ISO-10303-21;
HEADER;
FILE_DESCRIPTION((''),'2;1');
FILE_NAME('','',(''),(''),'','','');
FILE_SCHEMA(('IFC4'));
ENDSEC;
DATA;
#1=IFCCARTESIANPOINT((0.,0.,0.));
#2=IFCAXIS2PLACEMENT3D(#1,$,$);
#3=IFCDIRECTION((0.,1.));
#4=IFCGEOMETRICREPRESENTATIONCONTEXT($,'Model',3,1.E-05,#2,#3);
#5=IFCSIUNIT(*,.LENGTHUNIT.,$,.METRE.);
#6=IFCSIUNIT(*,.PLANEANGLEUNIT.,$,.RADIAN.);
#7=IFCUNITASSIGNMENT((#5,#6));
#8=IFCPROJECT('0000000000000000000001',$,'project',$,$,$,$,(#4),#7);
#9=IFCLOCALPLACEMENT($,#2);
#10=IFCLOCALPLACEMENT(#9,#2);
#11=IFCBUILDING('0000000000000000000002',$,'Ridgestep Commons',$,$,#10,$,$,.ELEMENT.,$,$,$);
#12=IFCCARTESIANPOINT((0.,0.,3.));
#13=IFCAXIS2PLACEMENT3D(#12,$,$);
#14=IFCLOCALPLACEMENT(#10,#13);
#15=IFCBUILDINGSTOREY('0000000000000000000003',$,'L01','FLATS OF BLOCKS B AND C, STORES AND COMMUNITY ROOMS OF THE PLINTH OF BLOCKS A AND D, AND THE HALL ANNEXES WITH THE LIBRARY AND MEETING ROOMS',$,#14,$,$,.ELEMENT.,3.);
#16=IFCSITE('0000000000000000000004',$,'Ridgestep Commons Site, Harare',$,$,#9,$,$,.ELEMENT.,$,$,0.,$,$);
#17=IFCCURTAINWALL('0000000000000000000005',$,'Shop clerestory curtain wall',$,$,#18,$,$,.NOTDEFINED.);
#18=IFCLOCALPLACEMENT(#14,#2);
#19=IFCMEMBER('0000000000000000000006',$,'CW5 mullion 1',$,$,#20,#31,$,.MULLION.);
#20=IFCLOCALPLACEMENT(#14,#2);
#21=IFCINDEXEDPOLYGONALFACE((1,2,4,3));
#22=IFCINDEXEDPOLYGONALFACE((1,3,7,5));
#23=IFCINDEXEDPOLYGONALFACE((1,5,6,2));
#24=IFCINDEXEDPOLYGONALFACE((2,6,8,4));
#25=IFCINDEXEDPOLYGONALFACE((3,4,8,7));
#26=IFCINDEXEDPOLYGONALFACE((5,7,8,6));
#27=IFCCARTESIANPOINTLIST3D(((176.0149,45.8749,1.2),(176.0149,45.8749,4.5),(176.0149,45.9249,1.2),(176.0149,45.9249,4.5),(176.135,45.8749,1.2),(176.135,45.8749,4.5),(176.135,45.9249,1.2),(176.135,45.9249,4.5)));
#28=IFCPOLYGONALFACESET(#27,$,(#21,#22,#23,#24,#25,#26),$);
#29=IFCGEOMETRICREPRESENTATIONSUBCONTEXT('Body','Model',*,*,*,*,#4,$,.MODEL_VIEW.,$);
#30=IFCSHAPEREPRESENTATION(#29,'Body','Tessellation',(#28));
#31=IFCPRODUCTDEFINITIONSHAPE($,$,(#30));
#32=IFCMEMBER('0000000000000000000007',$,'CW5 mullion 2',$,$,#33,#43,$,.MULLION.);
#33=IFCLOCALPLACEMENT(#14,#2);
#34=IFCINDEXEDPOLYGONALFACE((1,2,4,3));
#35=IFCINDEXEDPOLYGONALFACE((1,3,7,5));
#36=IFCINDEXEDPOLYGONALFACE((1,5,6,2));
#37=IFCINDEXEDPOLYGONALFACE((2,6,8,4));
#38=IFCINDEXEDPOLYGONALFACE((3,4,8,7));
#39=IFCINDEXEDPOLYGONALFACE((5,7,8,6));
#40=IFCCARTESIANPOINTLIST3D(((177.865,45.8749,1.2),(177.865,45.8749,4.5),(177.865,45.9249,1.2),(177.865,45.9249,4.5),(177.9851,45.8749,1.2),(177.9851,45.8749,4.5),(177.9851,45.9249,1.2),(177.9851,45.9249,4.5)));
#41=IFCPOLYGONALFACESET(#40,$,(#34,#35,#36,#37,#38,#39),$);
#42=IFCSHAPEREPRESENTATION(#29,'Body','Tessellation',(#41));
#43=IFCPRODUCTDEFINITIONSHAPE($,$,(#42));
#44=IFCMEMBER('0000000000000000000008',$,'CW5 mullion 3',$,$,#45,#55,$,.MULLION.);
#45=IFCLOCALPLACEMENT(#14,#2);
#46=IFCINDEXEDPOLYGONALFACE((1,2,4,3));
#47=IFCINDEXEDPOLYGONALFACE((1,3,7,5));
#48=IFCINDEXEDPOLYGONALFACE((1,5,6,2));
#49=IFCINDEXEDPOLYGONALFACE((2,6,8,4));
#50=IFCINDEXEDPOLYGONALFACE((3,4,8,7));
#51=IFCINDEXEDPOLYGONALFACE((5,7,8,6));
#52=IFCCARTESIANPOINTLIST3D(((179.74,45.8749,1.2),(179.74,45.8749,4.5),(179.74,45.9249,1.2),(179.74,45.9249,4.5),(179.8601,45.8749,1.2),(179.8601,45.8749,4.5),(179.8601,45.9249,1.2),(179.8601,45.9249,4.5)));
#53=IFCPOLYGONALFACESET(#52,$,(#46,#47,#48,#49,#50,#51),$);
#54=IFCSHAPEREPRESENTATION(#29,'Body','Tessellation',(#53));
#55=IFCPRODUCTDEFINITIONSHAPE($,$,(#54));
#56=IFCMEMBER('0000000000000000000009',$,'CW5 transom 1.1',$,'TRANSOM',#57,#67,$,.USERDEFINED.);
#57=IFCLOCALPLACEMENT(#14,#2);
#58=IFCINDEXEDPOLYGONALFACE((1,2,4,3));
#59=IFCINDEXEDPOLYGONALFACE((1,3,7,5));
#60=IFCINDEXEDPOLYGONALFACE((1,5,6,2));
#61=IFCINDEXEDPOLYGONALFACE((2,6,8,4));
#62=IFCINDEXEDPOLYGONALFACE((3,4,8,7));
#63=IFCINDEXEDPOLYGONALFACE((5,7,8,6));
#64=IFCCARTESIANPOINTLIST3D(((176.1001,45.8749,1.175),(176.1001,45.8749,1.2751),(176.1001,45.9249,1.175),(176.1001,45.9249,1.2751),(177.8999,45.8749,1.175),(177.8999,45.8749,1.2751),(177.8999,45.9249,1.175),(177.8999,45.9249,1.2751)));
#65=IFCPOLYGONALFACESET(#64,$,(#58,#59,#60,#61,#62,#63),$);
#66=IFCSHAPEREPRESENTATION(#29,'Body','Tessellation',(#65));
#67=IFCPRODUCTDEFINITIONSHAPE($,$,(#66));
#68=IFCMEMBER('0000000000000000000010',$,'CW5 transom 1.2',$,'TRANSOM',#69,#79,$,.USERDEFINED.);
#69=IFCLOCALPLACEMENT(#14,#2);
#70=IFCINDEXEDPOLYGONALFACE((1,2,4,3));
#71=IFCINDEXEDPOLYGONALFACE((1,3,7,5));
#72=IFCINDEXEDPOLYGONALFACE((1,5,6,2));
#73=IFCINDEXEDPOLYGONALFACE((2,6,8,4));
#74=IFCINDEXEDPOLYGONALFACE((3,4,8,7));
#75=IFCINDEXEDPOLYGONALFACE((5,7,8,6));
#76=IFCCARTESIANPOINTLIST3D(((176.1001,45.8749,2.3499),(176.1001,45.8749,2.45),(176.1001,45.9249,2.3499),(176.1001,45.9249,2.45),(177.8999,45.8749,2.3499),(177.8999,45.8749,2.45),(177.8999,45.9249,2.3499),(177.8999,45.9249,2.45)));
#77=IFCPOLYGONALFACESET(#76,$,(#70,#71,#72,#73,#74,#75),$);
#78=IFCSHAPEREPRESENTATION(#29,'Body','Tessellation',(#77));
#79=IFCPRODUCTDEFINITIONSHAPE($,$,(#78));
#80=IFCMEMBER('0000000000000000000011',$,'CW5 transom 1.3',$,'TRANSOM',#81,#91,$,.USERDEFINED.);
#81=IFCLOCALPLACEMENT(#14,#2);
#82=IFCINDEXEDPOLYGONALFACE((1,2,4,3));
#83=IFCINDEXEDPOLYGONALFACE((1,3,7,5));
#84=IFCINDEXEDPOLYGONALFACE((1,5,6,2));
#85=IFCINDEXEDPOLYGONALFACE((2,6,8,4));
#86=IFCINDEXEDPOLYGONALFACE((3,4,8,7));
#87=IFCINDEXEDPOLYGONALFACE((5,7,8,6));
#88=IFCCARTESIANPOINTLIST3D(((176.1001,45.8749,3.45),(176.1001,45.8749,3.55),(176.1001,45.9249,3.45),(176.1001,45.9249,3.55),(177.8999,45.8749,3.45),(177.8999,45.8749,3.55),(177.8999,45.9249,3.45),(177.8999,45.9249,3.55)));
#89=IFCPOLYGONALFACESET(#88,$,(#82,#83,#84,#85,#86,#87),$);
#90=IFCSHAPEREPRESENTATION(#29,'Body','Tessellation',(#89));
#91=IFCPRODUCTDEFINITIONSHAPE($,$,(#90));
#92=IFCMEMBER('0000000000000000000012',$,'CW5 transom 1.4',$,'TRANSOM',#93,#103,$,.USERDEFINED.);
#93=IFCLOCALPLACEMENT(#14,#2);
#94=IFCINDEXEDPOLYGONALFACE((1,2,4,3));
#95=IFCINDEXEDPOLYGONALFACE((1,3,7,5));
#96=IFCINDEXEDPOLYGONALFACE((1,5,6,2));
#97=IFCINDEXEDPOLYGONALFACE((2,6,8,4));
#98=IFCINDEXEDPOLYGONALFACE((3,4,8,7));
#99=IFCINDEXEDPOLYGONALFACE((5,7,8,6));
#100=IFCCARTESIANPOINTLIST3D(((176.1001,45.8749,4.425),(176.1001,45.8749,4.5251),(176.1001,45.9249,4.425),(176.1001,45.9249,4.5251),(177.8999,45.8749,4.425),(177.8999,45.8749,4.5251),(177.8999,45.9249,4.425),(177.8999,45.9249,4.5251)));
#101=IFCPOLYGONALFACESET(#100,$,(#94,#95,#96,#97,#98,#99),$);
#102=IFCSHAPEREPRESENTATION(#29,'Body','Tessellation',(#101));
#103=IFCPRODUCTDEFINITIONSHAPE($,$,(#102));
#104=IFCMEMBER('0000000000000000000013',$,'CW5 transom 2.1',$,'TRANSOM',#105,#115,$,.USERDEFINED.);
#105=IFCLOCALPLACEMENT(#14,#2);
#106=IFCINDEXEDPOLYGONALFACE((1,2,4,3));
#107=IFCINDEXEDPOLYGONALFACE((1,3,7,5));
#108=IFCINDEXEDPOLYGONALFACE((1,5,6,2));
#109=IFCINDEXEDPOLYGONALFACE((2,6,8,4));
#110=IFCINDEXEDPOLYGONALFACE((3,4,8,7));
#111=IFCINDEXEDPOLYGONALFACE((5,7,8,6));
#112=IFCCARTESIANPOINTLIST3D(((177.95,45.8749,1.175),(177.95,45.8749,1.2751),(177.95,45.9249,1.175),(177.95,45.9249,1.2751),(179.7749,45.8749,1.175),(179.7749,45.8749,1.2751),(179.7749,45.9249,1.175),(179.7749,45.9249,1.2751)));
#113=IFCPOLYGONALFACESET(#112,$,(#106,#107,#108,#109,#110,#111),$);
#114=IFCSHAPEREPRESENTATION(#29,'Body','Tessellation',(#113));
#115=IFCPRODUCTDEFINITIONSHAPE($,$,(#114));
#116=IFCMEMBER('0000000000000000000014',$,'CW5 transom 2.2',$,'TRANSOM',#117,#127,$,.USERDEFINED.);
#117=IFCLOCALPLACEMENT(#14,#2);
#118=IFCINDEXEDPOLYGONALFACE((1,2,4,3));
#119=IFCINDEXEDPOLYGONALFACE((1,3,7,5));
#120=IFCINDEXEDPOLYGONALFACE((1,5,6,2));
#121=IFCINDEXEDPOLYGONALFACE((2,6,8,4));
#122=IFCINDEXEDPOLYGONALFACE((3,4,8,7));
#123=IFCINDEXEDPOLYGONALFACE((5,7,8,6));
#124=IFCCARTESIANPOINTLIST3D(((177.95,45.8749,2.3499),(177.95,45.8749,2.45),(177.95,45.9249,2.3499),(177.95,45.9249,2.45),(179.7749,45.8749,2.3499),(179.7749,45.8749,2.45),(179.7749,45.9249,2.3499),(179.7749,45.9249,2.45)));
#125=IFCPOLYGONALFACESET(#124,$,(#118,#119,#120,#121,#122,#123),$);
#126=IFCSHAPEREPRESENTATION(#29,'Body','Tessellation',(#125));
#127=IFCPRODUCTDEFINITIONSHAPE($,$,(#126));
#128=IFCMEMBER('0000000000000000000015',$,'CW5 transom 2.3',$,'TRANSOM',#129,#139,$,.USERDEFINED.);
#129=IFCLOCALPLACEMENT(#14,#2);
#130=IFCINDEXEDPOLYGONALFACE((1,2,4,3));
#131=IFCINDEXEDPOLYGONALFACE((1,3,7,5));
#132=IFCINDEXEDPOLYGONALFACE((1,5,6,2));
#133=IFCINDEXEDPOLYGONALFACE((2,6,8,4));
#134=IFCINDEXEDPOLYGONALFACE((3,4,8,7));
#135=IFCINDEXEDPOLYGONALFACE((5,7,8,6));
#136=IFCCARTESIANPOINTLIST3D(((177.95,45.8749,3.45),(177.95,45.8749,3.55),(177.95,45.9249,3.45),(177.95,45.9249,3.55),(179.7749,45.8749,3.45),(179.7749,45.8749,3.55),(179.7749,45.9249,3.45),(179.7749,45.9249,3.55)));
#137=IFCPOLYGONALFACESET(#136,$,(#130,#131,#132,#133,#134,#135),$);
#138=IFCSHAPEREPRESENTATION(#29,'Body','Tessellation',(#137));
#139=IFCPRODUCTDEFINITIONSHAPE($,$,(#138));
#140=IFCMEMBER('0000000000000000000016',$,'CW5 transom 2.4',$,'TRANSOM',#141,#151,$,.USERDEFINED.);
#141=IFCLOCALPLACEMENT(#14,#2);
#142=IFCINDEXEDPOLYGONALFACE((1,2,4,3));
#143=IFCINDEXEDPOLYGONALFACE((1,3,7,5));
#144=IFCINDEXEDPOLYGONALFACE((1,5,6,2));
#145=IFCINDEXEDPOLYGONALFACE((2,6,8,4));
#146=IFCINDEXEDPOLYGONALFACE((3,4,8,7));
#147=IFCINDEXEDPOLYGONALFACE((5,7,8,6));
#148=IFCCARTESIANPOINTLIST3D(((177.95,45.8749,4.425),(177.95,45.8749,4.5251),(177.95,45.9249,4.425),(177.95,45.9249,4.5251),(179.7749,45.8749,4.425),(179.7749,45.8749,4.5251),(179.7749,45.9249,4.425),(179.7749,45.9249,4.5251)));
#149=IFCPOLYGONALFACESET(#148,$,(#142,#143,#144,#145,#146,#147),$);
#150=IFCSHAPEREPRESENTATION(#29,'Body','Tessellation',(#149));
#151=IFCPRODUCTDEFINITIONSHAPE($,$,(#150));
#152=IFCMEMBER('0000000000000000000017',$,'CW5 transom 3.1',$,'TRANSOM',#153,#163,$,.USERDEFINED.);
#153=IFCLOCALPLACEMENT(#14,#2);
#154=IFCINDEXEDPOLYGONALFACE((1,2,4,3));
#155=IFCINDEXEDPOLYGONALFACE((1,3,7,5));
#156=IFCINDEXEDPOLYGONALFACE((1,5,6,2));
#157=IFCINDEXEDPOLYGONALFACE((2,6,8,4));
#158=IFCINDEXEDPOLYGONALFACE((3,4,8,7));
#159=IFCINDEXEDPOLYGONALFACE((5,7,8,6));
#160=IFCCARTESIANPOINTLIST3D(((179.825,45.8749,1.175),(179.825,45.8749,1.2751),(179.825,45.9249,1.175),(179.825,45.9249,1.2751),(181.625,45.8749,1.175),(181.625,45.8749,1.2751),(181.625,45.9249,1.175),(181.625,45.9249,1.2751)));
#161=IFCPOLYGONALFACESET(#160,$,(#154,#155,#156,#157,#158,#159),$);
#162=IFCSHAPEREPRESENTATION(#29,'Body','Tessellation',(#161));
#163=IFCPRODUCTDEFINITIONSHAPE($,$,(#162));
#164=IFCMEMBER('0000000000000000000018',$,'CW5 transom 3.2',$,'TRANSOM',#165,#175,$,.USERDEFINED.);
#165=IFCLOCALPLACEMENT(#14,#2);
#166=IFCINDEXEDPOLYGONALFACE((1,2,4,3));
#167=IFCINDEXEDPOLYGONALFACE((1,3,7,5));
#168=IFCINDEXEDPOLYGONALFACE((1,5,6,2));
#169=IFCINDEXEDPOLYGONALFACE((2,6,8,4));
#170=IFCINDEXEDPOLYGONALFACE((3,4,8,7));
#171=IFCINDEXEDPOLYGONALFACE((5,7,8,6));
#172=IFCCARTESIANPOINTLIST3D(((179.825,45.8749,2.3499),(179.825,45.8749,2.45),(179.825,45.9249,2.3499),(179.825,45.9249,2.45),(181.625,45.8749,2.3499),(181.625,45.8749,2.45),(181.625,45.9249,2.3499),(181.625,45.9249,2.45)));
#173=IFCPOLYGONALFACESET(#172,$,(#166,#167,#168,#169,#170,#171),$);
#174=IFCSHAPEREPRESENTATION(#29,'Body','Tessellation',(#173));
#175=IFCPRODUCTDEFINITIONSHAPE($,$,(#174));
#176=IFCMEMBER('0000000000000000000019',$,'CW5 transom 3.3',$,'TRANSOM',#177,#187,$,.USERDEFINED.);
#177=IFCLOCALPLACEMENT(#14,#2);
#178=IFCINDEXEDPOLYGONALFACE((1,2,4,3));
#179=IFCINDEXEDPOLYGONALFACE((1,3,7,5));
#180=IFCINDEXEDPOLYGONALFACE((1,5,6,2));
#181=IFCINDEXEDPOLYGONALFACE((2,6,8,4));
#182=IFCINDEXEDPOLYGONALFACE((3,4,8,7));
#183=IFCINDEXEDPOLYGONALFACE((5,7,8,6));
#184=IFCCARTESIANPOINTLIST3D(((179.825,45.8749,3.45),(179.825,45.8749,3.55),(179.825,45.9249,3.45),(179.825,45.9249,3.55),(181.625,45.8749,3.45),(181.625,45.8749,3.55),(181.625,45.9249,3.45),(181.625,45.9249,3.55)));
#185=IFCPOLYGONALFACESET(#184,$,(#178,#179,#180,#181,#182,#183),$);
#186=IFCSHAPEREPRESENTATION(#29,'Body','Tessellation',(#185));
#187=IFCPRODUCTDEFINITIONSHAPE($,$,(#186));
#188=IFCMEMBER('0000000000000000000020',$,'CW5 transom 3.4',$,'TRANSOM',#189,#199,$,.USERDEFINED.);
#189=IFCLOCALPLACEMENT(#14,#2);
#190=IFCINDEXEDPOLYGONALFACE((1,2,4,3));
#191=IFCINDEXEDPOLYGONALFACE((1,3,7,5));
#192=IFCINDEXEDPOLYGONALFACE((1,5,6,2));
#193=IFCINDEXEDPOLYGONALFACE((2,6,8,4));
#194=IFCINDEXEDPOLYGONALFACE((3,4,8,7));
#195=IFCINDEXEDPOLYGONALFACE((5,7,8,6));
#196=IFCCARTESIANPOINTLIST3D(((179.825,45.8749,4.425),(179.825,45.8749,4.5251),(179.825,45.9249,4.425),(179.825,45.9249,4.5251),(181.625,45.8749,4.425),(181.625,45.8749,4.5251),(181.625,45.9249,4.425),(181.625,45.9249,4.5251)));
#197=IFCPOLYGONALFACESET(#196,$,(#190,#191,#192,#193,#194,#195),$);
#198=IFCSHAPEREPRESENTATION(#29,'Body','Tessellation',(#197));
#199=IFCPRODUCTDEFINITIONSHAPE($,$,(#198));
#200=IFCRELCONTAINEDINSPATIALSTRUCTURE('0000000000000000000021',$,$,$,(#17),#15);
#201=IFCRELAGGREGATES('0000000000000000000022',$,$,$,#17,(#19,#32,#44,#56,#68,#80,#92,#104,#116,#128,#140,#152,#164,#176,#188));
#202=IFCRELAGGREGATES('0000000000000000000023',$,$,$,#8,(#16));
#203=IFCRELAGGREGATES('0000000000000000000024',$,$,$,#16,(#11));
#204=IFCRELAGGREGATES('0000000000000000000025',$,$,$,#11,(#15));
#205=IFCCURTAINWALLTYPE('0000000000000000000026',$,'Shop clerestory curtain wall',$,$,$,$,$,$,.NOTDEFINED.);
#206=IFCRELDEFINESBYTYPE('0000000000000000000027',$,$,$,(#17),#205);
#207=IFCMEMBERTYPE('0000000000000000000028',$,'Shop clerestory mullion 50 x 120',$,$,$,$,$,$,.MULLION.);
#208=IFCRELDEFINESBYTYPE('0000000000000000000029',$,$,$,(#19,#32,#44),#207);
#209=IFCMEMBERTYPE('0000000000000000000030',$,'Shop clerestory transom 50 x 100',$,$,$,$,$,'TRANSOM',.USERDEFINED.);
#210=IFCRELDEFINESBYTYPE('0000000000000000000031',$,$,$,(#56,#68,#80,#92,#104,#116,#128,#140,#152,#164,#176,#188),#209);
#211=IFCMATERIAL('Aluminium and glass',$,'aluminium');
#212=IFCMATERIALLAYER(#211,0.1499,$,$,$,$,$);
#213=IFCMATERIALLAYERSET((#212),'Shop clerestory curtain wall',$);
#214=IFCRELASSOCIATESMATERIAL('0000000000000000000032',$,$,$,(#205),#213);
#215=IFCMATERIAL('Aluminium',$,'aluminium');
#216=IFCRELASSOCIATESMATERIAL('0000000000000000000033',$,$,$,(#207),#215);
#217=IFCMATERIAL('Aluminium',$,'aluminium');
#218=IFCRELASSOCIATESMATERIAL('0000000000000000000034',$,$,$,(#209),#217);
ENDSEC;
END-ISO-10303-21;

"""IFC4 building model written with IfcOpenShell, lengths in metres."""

from ifc_helpers import new_model, si_unit, direction, frame, origin, origin_2d, place, context, subcontext, project, spatial, rectangle, extrude, material, layer, layer_set, material_profile, profile_set, type_object, element, aggregate, save


model = new_model("IFC4")

# Units and contexts
model_context = context("Model", 3, precision=1e-05, world=origin(), true_north=direction((0.0, 1.0)))
body_context = subcontext(model_context, "Body", "Model", "MODEL_VIEW")
ifc_project = project(units=[si_unit("LENGTHUNIT", "METRE"), si_unit("PLANEANGLEUNIT", "RADIAN")], contexts=[model_context])

# Site, building, storey
site_placement = place(None, origin())
site = spatial("IfcSite", under=ifc_project, at=site_placement, Name="Ridgestep Commons Site, Harare", CompositionType="ELEMENT", RefElevation=0.0)
building_placement = place(site_placement, origin())
building = spatial("IfcBuilding", under=site, at=building_placement, Name="Ridgestep Commons", CompositionType="ELEMENT")
storey_placement = place(building_placement, frame((0.0, 0.0, 3.0)))
storey = spatial("IfcBuildingStorey", under=building, at=storey_placement, Name="L01", Description="FLATS OF BLOCKS B AND C, STORES AND COMMUNITY ROOMS OF THE PLINTH OF BLOCKS A AND D, AND THE HALL ANNEXES WITH THE LIBRARY AND MEETING ROOMS", CompositionType="ELEMENT", Elevation=3.0)

# Curtain wall, members
ifc_material_1 = material(Name="Aluminium and glass", Category="aluminium")
ifc_layer_1 = layer(ifc_material_1, 0.1499)
ifc_layer_set_1 = layer_set([ifc_layer_1], Name="Shop clerestory curtain wall")
curtain_wall_type = type_object("IfcCurtainWallType", Name="Shop clerestory curtain wall", PredefinedType="NOTDEFINED", material=ifc_layer_set_1)
curtain_wall_placement = place(storey_placement, origin())
curtain_wall = element("IfcCurtainWall", 1, at=curtain_wall_placement, inside=storey, type_object=curtain_wall_type, Name="Shop clerestory curtain wall", PredefinedType="NOTDEFINED")
ifc_material_2 = material(Name="Aluminium", Category="aluminium")
ifc_material_profile_1 = material_profile(ifc_material_2, rectangle(XDim=0.05, YDim=0.1201, at=origin_2d()), Name="Shop clerestory mullion 50 x 120")
ifc_profile_set_1 = profile_set([ifc_material_profile_1], Name="Aluminium")
member_type_1 = type_object("IfcMemberType", Name="Shop clerestory mullion 50 x 120", PredefinedType="MULLION", material=ifc_profile_set_1)
member_1_placement = place(storey_placement, frame((176.075, 45.8999, 1.2), z_axis=(0.0, 0.0, 1.0), x_axis=(0.0, 1.0, 0.0)))
member_1 = element("IfcMember", 2, at=member_1_placement, type_object=member_type_1, Name="CW5 mullion 1", PredefinedType="MULLION", context=body_context, shape_type="SweptSolid", body=[
    extrude(rectangle(XDim=0.05, YDim=0.1201, at=origin_2d()), origin(), (0.0, 0.0, 1.0), 3.3),
])
member_2_placement = place(storey_placement, frame((177.925, 45.8999, 1.2), z_axis=(0.0, 0.0, 1.0), x_axis=(0.0, 1.0, 0.0)))
member_2 = element("IfcMember", 3, at=member_2_placement, type_object=member_type_1, Name="CW5 mullion 2", PredefinedType="MULLION", context=body_context, shape_type="SweptSolid", body=[
    extrude(rectangle(XDim=0.05, YDim=0.1201, at=origin_2d()), origin(), (0.0, 0.0, 1.0), 3.3),
])
member_3_placement = place(storey_placement, frame((179.8, 45.8999, 1.2), z_axis=(0.0, 0.0, 1.0), x_axis=(0.0, 1.0, 0.0)))
member_3 = element("IfcMember", 4, at=member_3_placement, type_object=member_type_1, Name="CW5 mullion 3", PredefinedType="MULLION", context=body_context, shape_type="SweptSolid", body=[
    extrude(rectangle(XDim=0.05, YDim=0.1201, at=origin_2d()), origin(), (0.0, 0.0, 1.0), 3.3),
])
ifc_material_3 = material(Name="Aluminium", Category="aluminium")
ifc_material_profile_2 = material_profile(ifc_material_3, rectangle(XDim=0.05, YDim=0.1001, at=origin_2d()), Name="Shop clerestory transom 50 x 100")
ifc_profile_set_2 = profile_set([ifc_material_profile_2], Name="Aluminium")
member_type_2 = type_object("IfcMemberType", Name="Shop clerestory transom 50 x 100", ElementType="TRANSOM", PredefinedType="USERDEFINED", material=ifc_profile_set_2)
member_4_placement = place(storey_placement, frame((176.1001, 45.8999, 1.2251), z_axis=(1.0, 0.0, 0.0), x_axis=(0.0, 1.0, 0.0)))
member_4 = element("IfcMember", 5, at=member_4_placement, type_object=member_type_2, Name="CW5 transom 1.1", ObjectType="TRANSOM", PredefinedType="USERDEFINED", context=body_context, shape_type="SweptSolid", body=[
    extrude(rectangle(XDim=0.05, YDim=0.1001, at=origin_2d()), origin(), (0.0, 0.0, 1.0), 1.7998),
])
member_5_placement = place(storey_placement, frame((176.1001, 45.8999, 2.3999), z_axis=(1.0, 0.0, 0.0), x_axis=(0.0, 1.0, 0.0)))
member_5 = element("IfcMember", 6, at=member_5_placement, type_object=member_type_2, Name="CW5 transom 1.2", ObjectType="TRANSOM", PredefinedType="USERDEFINED", context=body_context, shape_type="SweptSolid", body=[
    extrude(rectangle(XDim=0.05, YDim=0.1001, at=origin_2d()), origin(), (0.0, 0.0, 1.0), 1.7998),
])
member_6_placement = place(storey_placement, frame((176.1001, 45.8999, 3.5), z_axis=(1.0, 0.0, 0.0), x_axis=(0.0, 1.0, 0.0)))
member_6 = element("IfcMember", 7, at=member_6_placement, type_object=member_type_2, Name="CW5 transom 1.3", ObjectType="TRANSOM", PredefinedType="USERDEFINED", context=body_context, shape_type="SweptSolid", body=[
    extrude(rectangle(XDim=0.05, YDim=0.1001, at=origin_2d()), origin(), (0.0, 0.0, 1.0), 1.7998),
])
member_7_placement = place(storey_placement, frame((176.1001, 45.8999, 4.4751), z_axis=(1.0, 0.0, 0.0), x_axis=(0.0, 1.0, 0.0)))
member_7 = element("IfcMember", 8, at=member_7_placement, type_object=member_type_2, Name="CW5 transom 1.4", ObjectType="TRANSOM", PredefinedType="USERDEFINED", context=body_context, shape_type="SweptSolid", body=[
    extrude(rectangle(XDim=0.05, YDim=0.1001, at=origin_2d()), origin(), (0.0, 0.0, 1.0), 1.7998),
])
member_8_placement = place(storey_placement, frame((177.95, 45.8999, 1.2251), z_axis=(1.0, 0.0, 0.0), x_axis=(0.0, 1.0, 0.0)))
member_8 = element("IfcMember", 9, at=member_8_placement, type_object=member_type_2, Name="CW5 transom 2.1", ObjectType="TRANSOM", PredefinedType="USERDEFINED", context=body_context, shape_type="SweptSolid", body=[
    extrude(rectangle(XDim=0.05, YDim=0.1001, at=origin_2d()), origin(), (0.0, 0.0, 1.0), 1.825),
])
member_9_placement = place(storey_placement, frame((177.95, 45.8999, 2.3999), z_axis=(1.0, 0.0, 0.0), x_axis=(0.0, 1.0, 0.0)))
member_9 = element("IfcMember", 10, at=member_9_placement, type_object=member_type_2, Name="CW5 transom 2.2", ObjectType="TRANSOM", PredefinedType="USERDEFINED", context=body_context, shape_type="SweptSolid", body=[
    extrude(rectangle(XDim=0.05, YDim=0.1001, at=origin_2d()), origin(), (0.0, 0.0, 1.0), 1.825),
])
member_10_placement = place(storey_placement, frame((177.95, 45.8999, 3.5), z_axis=(1.0, 0.0, 0.0), x_axis=(0.0, 1.0, 0.0)))
member_10 = element("IfcMember", 11, at=member_10_placement, type_object=member_type_2, Name="CW5 transom 2.3", ObjectType="TRANSOM", PredefinedType="USERDEFINED", context=body_context, shape_type="SweptSolid", body=[
    extrude(rectangle(XDim=0.05, YDim=0.1001, at=origin_2d()), origin(), (0.0, 0.0, 1.0), 1.825),
])
member_11_placement = place(storey_placement, frame((177.95, 45.8999, 4.4751), z_axis=(1.0, 0.0, 0.0), x_axis=(0.0, 1.0, 0.0)))
member_11 = element("IfcMember", 12, at=member_11_placement, type_object=member_type_2, Name="CW5 transom 2.4", ObjectType="TRANSOM", PredefinedType="USERDEFINED", context=body_context, shape_type="SweptSolid", body=[
    extrude(rectangle(XDim=0.05, YDim=0.1001, at=origin_2d()), origin(), (0.0, 0.0, 1.0), 1.825),
])
member_12_placement = place(storey_placement, frame((179.825, 45.8999, 1.2251), z_axis=(1.0, 0.0, 0.0), x_axis=(0.0, 1.0, 0.0)))
member_12 = element("IfcMember", 13, at=member_12_placement, type_object=member_type_2, Name="CW5 transom 3.1", ObjectType="TRANSOM", PredefinedType="USERDEFINED", context=body_context, shape_type="SweptSolid", body=[
    extrude(rectangle(XDim=0.05, YDim=0.1001, at=origin_2d()), origin(), (0.0, 0.0, 1.0), 1.8),
])
member_13_placement = place(storey_placement, frame((179.825, 45.8999, 2.3999), z_axis=(1.0, 0.0, 0.0), x_axis=(0.0, 1.0, 0.0)))
member_13 = element("IfcMember", 14, at=member_13_placement, type_object=member_type_2, Name="CW5 transom 3.2", ObjectType="TRANSOM", PredefinedType="USERDEFINED", context=body_context, shape_type="SweptSolid", body=[
    extrude(rectangle(XDim=0.05, YDim=0.1001, at=origin_2d()), origin(), (0.0, 0.0, 1.0), 1.8),
])
member_14_placement = place(storey_placement, frame((179.825, 45.8999, 3.5), z_axis=(1.0, 0.0, 0.0), x_axis=(0.0, 1.0, 0.0)))
member_14 = element("IfcMember", 15, at=member_14_placement, type_object=member_type_2, Name="CW5 transom 3.3", ObjectType="TRANSOM", PredefinedType="USERDEFINED", context=body_context, shape_type="SweptSolid", body=[
    extrude(rectangle(XDim=0.05, YDim=0.1001, at=origin_2d()), origin(), (0.0, 0.0, 1.0), 1.8),
])
member_15_placement = place(storey_placement, frame((179.825, 45.8999, 4.4751), z_axis=(1.0, 0.0, 0.0), x_axis=(0.0, 1.0, 0.0)))
member_15 = element("IfcMember", 16, at=member_15_placement, type_object=member_type_2, Name="CW5 transom 3.4", ObjectType="TRANSOM", PredefinedType="USERDEFINED", context=body_context, shape_type="SweptSolid", body=[
    extrude(rectangle(XDim=0.05, YDim=0.1001, at=origin_2d()), origin(), (0.0, 0.0, 1.0), 1.8),
])
aggregate(curtain_wall, [member_1, member_2, member_3, member_4, member_5, member_6, member_7, member_8, member_9, member_10, member_11, member_12, member_13, member_14, member_15])

save(model, "model.ifc")
